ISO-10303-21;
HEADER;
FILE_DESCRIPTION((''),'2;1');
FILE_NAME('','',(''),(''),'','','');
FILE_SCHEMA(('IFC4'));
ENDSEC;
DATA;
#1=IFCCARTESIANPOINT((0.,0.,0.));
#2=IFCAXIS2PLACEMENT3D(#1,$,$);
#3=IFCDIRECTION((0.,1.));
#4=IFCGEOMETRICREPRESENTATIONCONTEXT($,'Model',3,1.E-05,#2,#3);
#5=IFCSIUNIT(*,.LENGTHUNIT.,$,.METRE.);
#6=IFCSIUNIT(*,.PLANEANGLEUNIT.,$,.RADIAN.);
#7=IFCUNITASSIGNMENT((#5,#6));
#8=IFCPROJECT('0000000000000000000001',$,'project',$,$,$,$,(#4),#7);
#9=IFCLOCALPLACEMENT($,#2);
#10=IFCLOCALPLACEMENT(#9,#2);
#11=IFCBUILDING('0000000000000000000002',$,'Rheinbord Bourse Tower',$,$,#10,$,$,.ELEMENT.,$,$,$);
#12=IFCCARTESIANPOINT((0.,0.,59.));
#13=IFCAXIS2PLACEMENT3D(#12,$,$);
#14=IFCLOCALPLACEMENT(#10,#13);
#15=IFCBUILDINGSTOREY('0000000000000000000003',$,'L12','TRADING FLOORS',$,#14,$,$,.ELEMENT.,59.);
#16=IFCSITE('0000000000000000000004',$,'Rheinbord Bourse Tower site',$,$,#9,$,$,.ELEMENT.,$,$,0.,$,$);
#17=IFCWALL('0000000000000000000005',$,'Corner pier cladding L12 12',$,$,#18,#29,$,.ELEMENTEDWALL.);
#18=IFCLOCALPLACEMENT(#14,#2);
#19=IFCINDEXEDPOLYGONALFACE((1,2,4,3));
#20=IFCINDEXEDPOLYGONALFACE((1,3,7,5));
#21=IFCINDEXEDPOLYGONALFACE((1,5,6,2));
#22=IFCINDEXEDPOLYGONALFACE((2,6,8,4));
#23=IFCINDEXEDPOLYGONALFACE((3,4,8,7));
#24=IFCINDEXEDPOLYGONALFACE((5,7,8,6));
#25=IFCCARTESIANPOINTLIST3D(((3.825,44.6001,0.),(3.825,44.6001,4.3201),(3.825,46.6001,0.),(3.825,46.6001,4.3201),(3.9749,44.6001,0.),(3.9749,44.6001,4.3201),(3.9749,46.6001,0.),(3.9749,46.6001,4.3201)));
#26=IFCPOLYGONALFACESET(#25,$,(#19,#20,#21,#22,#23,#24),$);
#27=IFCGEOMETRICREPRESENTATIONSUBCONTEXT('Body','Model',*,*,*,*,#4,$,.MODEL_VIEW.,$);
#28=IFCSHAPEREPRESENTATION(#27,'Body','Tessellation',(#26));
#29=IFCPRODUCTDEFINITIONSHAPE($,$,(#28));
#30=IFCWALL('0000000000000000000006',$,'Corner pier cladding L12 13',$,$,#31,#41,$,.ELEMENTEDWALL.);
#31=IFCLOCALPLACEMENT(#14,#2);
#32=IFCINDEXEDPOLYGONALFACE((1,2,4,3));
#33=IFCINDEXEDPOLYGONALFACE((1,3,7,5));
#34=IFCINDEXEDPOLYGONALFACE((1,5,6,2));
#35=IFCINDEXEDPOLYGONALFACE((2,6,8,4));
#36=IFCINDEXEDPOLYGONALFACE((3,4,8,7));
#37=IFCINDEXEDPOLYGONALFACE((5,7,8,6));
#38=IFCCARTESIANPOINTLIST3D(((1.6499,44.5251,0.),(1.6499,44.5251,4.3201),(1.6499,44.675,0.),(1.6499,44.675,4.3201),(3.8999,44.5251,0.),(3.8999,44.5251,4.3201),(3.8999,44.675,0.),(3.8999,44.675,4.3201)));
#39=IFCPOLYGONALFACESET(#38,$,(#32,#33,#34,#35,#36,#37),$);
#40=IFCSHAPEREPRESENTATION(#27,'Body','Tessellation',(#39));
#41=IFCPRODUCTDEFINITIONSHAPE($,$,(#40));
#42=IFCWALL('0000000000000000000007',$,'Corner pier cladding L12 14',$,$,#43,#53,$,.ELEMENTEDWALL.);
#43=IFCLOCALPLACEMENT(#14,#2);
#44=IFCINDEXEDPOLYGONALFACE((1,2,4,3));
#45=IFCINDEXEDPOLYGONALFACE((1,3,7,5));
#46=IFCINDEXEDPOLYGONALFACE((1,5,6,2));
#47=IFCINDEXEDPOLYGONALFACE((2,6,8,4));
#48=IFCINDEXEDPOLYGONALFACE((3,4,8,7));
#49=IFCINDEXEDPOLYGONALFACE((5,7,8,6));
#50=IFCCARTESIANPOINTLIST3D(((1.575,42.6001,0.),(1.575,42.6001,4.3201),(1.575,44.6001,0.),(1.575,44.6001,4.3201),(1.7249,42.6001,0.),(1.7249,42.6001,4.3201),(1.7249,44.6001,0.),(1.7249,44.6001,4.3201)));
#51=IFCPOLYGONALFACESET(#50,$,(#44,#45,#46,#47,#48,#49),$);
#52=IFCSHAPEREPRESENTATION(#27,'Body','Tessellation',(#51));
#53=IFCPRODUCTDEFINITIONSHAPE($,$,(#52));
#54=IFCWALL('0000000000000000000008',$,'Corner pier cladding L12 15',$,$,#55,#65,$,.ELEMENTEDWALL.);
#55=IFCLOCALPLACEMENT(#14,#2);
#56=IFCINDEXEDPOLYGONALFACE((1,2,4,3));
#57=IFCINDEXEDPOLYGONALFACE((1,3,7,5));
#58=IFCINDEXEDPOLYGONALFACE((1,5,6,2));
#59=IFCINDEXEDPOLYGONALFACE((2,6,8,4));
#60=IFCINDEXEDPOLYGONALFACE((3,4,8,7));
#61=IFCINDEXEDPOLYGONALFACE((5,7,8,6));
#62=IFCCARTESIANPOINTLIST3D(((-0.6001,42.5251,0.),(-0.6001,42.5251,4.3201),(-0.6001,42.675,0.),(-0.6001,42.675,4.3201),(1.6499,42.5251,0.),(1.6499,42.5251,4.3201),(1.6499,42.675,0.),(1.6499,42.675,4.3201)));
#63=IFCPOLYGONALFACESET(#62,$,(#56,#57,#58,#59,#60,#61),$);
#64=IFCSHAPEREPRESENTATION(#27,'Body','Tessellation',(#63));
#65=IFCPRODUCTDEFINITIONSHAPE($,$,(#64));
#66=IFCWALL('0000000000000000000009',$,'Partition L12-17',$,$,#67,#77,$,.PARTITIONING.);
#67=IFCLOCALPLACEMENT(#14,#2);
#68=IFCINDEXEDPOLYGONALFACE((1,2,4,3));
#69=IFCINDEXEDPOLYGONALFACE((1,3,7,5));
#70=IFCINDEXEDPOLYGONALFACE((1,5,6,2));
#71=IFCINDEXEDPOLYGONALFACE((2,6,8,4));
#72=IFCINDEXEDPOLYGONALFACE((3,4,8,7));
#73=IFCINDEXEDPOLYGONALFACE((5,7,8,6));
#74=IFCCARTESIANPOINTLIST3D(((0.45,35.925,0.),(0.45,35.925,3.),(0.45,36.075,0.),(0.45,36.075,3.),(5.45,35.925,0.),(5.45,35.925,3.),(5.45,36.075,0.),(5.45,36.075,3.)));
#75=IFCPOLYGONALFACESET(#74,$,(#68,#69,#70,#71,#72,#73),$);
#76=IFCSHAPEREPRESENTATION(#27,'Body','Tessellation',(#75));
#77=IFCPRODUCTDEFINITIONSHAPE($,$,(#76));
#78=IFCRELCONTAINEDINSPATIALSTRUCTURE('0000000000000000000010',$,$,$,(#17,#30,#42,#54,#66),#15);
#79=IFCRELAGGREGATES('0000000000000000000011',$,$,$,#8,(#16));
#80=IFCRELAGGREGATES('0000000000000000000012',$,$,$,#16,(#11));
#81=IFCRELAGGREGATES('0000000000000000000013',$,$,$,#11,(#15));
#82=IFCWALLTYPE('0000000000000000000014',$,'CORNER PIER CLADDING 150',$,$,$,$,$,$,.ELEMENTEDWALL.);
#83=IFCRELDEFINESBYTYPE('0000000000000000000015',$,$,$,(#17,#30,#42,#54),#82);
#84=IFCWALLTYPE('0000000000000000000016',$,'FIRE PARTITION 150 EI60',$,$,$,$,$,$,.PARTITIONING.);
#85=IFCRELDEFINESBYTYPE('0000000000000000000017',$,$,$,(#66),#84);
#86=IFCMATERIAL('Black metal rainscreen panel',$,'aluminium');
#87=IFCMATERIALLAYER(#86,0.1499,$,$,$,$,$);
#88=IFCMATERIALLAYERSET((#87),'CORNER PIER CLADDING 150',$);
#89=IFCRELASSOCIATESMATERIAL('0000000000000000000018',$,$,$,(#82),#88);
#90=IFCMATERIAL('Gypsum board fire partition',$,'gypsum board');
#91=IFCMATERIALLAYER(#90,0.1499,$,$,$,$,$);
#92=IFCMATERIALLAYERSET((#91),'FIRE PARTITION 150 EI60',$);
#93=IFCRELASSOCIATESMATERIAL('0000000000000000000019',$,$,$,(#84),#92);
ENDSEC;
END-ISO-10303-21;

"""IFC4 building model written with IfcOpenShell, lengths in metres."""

from ifc_helpers import new_model, si_unit, direction, frame, frame_2d, origin, place, context, subcontext, project, spatial, rectangle, extrude, material, layer, layer_set, type_object, element, save


model = new_model("IFC4")

# Units and contexts
model_context = context("Model", 3, precision=1e-05, world=origin(), true_north=direction((0.0, 1.0)))
body_context = subcontext(model_context, "Body", "Model", "MODEL_VIEW")
ifc_project = project(units=[si_unit("LENGTHUNIT", "METRE"), si_unit("PLANEANGLEUNIT", "RADIAN")], contexts=[model_context])

# Site, building, storey
site_placement = place(None, origin())
site = spatial("IfcSite", under=ifc_project, at=site_placement, Name="Rheinbord Bourse Tower site", CompositionType="ELEMENT", RefElevation=0.0)
building_placement = place(site_placement, origin())
building = spatial("IfcBuilding", under=site, at=building_placement, Name="Rheinbord Bourse Tower", CompositionType="ELEMENT")
storey_placement = place(building_placement, frame((0.0, 0.0, 59.0)))
storey = spatial("IfcBuildingStorey", under=building, at=storey_placement, Name="L12", Description="TRADING FLOORS", CompositionType="ELEMENT", Elevation=59.0)

# Walls
ifc_material_1 = material(Name="Black metal rainscreen panel", Category="aluminium")
ifc_layer_1 = layer(ifc_material_1, 0.1499)
ifc_layer_set_1 = layer_set([ifc_layer_1], Name="CORNER PIER CLADDING 150")
wall_type_1 = type_object("IfcWallType", Name="CORNER PIER CLADDING 150", PredefinedType="ELEMENTEDWALL", material=ifc_layer_set_1)
wall_1_placement = place(storey_placement, frame((3.8999, 46.6001, 0.0), z_axis=(0.0, 0.0, 1.0), x_axis=(0.0, -1.0, 0.0)))
element("IfcWall", 1, at=wall_1_placement, inside=storey, type_object=wall_type_1, Name="Corner pier cladding L12 12", PredefinedType="ELEMENTEDWALL", context=body_context, shape_type="SweptSolid", body=[
    extrude(rectangle(XDim=2.0, YDim=0.1499, at=frame_2d((1.0, 0.0))), origin(), (0.0, 0.0, 1.0), 4.3201),
])
wall_2_placement = place(storey_placement, frame((3.8999, 44.6001, 0.0), z_axis=(0.0, 0.0, 1.0), x_axis=(-1.0, 0.0, 0.0)))
element("IfcWall", 2, at=wall_2_placement, inside=storey, type_object=wall_type_1, Name="Corner pier cladding L12 13", PredefinedType="ELEMENTEDWALL", context=body_context, shape_type="SweptSolid", body=[
    extrude(rectangle(XDim=2.25, YDim=0.1499, at=frame_2d((1.125, 0.0))), origin(), (0.0, 0.0, 1.0), 4.3201),
])
wall_3_placement = place(storey_placement, frame((1.6499, 44.6001, 0.0), z_axis=(0.0, 0.0, 1.0), x_axis=(0.0, -1.0, 0.0)))
element("IfcWall", 3, at=wall_3_placement, inside=storey, type_object=wall_type_1, Name="Corner pier cladding L12 14", PredefinedType="ELEMENTEDWALL", context=body_context, shape_type="SweptSolid", body=[
    extrude(rectangle(XDim=2.0, YDim=0.1499, at=frame_2d((1.0, 0.0))), origin(), (0.0, 0.0, 1.0), 4.3201),
])
wall_4_placement = place(storey_placement, frame((1.6499, 42.6001, 0.0), z_axis=(0.0, 0.0, 1.0), x_axis=(-1.0, 0.0, 0.0)))
element("IfcWall", 4, at=wall_4_placement, inside=storey, type_object=wall_type_1, Name="Corner pier cladding L12 15", PredefinedType="ELEMENTEDWALL", context=body_context, shape_type="SweptSolid", body=[
    extrude(rectangle(XDim=2.25, YDim=0.1499, at=frame_2d((1.125, 0.0))), origin(), (0.0, 0.0, 1.0), 4.3201),
])
ifc_material_2 = material(Name="Gypsum board fire partition", Category="gypsum board")
ifc_layer_2 = layer(ifc_material_2, 0.1499)
ifc_layer_set_2 = layer_set([ifc_layer_2], Name="FIRE PARTITION 150 EI60")
wall_type_2 = type_object("IfcWallType", Name="FIRE PARTITION 150 EI60", PredefinedType="PARTITIONING", material=ifc_layer_set_2)
wall_5_placement = place(storey_placement, frame((0.45, 36.0, 0.0), z_axis=(0.0, 0.0, 1.0), x_axis=(1.0, 0.0, 0.0)))
element("IfcWall", 5, at=wall_5_placement, inside=storey, type_object=wall_type_2, Name="Partition L12-17", PredefinedType="PARTITIONING", context=body_context, shape_type="SweptSolid", body=[
    extrude(rectangle(XDim=5.0, YDim=0.1499, at=frame_2d((2.5, 0.0))), origin(), (0.0, 0.0, 1.0), 3.0),
])

save(model, "model.ifc")
